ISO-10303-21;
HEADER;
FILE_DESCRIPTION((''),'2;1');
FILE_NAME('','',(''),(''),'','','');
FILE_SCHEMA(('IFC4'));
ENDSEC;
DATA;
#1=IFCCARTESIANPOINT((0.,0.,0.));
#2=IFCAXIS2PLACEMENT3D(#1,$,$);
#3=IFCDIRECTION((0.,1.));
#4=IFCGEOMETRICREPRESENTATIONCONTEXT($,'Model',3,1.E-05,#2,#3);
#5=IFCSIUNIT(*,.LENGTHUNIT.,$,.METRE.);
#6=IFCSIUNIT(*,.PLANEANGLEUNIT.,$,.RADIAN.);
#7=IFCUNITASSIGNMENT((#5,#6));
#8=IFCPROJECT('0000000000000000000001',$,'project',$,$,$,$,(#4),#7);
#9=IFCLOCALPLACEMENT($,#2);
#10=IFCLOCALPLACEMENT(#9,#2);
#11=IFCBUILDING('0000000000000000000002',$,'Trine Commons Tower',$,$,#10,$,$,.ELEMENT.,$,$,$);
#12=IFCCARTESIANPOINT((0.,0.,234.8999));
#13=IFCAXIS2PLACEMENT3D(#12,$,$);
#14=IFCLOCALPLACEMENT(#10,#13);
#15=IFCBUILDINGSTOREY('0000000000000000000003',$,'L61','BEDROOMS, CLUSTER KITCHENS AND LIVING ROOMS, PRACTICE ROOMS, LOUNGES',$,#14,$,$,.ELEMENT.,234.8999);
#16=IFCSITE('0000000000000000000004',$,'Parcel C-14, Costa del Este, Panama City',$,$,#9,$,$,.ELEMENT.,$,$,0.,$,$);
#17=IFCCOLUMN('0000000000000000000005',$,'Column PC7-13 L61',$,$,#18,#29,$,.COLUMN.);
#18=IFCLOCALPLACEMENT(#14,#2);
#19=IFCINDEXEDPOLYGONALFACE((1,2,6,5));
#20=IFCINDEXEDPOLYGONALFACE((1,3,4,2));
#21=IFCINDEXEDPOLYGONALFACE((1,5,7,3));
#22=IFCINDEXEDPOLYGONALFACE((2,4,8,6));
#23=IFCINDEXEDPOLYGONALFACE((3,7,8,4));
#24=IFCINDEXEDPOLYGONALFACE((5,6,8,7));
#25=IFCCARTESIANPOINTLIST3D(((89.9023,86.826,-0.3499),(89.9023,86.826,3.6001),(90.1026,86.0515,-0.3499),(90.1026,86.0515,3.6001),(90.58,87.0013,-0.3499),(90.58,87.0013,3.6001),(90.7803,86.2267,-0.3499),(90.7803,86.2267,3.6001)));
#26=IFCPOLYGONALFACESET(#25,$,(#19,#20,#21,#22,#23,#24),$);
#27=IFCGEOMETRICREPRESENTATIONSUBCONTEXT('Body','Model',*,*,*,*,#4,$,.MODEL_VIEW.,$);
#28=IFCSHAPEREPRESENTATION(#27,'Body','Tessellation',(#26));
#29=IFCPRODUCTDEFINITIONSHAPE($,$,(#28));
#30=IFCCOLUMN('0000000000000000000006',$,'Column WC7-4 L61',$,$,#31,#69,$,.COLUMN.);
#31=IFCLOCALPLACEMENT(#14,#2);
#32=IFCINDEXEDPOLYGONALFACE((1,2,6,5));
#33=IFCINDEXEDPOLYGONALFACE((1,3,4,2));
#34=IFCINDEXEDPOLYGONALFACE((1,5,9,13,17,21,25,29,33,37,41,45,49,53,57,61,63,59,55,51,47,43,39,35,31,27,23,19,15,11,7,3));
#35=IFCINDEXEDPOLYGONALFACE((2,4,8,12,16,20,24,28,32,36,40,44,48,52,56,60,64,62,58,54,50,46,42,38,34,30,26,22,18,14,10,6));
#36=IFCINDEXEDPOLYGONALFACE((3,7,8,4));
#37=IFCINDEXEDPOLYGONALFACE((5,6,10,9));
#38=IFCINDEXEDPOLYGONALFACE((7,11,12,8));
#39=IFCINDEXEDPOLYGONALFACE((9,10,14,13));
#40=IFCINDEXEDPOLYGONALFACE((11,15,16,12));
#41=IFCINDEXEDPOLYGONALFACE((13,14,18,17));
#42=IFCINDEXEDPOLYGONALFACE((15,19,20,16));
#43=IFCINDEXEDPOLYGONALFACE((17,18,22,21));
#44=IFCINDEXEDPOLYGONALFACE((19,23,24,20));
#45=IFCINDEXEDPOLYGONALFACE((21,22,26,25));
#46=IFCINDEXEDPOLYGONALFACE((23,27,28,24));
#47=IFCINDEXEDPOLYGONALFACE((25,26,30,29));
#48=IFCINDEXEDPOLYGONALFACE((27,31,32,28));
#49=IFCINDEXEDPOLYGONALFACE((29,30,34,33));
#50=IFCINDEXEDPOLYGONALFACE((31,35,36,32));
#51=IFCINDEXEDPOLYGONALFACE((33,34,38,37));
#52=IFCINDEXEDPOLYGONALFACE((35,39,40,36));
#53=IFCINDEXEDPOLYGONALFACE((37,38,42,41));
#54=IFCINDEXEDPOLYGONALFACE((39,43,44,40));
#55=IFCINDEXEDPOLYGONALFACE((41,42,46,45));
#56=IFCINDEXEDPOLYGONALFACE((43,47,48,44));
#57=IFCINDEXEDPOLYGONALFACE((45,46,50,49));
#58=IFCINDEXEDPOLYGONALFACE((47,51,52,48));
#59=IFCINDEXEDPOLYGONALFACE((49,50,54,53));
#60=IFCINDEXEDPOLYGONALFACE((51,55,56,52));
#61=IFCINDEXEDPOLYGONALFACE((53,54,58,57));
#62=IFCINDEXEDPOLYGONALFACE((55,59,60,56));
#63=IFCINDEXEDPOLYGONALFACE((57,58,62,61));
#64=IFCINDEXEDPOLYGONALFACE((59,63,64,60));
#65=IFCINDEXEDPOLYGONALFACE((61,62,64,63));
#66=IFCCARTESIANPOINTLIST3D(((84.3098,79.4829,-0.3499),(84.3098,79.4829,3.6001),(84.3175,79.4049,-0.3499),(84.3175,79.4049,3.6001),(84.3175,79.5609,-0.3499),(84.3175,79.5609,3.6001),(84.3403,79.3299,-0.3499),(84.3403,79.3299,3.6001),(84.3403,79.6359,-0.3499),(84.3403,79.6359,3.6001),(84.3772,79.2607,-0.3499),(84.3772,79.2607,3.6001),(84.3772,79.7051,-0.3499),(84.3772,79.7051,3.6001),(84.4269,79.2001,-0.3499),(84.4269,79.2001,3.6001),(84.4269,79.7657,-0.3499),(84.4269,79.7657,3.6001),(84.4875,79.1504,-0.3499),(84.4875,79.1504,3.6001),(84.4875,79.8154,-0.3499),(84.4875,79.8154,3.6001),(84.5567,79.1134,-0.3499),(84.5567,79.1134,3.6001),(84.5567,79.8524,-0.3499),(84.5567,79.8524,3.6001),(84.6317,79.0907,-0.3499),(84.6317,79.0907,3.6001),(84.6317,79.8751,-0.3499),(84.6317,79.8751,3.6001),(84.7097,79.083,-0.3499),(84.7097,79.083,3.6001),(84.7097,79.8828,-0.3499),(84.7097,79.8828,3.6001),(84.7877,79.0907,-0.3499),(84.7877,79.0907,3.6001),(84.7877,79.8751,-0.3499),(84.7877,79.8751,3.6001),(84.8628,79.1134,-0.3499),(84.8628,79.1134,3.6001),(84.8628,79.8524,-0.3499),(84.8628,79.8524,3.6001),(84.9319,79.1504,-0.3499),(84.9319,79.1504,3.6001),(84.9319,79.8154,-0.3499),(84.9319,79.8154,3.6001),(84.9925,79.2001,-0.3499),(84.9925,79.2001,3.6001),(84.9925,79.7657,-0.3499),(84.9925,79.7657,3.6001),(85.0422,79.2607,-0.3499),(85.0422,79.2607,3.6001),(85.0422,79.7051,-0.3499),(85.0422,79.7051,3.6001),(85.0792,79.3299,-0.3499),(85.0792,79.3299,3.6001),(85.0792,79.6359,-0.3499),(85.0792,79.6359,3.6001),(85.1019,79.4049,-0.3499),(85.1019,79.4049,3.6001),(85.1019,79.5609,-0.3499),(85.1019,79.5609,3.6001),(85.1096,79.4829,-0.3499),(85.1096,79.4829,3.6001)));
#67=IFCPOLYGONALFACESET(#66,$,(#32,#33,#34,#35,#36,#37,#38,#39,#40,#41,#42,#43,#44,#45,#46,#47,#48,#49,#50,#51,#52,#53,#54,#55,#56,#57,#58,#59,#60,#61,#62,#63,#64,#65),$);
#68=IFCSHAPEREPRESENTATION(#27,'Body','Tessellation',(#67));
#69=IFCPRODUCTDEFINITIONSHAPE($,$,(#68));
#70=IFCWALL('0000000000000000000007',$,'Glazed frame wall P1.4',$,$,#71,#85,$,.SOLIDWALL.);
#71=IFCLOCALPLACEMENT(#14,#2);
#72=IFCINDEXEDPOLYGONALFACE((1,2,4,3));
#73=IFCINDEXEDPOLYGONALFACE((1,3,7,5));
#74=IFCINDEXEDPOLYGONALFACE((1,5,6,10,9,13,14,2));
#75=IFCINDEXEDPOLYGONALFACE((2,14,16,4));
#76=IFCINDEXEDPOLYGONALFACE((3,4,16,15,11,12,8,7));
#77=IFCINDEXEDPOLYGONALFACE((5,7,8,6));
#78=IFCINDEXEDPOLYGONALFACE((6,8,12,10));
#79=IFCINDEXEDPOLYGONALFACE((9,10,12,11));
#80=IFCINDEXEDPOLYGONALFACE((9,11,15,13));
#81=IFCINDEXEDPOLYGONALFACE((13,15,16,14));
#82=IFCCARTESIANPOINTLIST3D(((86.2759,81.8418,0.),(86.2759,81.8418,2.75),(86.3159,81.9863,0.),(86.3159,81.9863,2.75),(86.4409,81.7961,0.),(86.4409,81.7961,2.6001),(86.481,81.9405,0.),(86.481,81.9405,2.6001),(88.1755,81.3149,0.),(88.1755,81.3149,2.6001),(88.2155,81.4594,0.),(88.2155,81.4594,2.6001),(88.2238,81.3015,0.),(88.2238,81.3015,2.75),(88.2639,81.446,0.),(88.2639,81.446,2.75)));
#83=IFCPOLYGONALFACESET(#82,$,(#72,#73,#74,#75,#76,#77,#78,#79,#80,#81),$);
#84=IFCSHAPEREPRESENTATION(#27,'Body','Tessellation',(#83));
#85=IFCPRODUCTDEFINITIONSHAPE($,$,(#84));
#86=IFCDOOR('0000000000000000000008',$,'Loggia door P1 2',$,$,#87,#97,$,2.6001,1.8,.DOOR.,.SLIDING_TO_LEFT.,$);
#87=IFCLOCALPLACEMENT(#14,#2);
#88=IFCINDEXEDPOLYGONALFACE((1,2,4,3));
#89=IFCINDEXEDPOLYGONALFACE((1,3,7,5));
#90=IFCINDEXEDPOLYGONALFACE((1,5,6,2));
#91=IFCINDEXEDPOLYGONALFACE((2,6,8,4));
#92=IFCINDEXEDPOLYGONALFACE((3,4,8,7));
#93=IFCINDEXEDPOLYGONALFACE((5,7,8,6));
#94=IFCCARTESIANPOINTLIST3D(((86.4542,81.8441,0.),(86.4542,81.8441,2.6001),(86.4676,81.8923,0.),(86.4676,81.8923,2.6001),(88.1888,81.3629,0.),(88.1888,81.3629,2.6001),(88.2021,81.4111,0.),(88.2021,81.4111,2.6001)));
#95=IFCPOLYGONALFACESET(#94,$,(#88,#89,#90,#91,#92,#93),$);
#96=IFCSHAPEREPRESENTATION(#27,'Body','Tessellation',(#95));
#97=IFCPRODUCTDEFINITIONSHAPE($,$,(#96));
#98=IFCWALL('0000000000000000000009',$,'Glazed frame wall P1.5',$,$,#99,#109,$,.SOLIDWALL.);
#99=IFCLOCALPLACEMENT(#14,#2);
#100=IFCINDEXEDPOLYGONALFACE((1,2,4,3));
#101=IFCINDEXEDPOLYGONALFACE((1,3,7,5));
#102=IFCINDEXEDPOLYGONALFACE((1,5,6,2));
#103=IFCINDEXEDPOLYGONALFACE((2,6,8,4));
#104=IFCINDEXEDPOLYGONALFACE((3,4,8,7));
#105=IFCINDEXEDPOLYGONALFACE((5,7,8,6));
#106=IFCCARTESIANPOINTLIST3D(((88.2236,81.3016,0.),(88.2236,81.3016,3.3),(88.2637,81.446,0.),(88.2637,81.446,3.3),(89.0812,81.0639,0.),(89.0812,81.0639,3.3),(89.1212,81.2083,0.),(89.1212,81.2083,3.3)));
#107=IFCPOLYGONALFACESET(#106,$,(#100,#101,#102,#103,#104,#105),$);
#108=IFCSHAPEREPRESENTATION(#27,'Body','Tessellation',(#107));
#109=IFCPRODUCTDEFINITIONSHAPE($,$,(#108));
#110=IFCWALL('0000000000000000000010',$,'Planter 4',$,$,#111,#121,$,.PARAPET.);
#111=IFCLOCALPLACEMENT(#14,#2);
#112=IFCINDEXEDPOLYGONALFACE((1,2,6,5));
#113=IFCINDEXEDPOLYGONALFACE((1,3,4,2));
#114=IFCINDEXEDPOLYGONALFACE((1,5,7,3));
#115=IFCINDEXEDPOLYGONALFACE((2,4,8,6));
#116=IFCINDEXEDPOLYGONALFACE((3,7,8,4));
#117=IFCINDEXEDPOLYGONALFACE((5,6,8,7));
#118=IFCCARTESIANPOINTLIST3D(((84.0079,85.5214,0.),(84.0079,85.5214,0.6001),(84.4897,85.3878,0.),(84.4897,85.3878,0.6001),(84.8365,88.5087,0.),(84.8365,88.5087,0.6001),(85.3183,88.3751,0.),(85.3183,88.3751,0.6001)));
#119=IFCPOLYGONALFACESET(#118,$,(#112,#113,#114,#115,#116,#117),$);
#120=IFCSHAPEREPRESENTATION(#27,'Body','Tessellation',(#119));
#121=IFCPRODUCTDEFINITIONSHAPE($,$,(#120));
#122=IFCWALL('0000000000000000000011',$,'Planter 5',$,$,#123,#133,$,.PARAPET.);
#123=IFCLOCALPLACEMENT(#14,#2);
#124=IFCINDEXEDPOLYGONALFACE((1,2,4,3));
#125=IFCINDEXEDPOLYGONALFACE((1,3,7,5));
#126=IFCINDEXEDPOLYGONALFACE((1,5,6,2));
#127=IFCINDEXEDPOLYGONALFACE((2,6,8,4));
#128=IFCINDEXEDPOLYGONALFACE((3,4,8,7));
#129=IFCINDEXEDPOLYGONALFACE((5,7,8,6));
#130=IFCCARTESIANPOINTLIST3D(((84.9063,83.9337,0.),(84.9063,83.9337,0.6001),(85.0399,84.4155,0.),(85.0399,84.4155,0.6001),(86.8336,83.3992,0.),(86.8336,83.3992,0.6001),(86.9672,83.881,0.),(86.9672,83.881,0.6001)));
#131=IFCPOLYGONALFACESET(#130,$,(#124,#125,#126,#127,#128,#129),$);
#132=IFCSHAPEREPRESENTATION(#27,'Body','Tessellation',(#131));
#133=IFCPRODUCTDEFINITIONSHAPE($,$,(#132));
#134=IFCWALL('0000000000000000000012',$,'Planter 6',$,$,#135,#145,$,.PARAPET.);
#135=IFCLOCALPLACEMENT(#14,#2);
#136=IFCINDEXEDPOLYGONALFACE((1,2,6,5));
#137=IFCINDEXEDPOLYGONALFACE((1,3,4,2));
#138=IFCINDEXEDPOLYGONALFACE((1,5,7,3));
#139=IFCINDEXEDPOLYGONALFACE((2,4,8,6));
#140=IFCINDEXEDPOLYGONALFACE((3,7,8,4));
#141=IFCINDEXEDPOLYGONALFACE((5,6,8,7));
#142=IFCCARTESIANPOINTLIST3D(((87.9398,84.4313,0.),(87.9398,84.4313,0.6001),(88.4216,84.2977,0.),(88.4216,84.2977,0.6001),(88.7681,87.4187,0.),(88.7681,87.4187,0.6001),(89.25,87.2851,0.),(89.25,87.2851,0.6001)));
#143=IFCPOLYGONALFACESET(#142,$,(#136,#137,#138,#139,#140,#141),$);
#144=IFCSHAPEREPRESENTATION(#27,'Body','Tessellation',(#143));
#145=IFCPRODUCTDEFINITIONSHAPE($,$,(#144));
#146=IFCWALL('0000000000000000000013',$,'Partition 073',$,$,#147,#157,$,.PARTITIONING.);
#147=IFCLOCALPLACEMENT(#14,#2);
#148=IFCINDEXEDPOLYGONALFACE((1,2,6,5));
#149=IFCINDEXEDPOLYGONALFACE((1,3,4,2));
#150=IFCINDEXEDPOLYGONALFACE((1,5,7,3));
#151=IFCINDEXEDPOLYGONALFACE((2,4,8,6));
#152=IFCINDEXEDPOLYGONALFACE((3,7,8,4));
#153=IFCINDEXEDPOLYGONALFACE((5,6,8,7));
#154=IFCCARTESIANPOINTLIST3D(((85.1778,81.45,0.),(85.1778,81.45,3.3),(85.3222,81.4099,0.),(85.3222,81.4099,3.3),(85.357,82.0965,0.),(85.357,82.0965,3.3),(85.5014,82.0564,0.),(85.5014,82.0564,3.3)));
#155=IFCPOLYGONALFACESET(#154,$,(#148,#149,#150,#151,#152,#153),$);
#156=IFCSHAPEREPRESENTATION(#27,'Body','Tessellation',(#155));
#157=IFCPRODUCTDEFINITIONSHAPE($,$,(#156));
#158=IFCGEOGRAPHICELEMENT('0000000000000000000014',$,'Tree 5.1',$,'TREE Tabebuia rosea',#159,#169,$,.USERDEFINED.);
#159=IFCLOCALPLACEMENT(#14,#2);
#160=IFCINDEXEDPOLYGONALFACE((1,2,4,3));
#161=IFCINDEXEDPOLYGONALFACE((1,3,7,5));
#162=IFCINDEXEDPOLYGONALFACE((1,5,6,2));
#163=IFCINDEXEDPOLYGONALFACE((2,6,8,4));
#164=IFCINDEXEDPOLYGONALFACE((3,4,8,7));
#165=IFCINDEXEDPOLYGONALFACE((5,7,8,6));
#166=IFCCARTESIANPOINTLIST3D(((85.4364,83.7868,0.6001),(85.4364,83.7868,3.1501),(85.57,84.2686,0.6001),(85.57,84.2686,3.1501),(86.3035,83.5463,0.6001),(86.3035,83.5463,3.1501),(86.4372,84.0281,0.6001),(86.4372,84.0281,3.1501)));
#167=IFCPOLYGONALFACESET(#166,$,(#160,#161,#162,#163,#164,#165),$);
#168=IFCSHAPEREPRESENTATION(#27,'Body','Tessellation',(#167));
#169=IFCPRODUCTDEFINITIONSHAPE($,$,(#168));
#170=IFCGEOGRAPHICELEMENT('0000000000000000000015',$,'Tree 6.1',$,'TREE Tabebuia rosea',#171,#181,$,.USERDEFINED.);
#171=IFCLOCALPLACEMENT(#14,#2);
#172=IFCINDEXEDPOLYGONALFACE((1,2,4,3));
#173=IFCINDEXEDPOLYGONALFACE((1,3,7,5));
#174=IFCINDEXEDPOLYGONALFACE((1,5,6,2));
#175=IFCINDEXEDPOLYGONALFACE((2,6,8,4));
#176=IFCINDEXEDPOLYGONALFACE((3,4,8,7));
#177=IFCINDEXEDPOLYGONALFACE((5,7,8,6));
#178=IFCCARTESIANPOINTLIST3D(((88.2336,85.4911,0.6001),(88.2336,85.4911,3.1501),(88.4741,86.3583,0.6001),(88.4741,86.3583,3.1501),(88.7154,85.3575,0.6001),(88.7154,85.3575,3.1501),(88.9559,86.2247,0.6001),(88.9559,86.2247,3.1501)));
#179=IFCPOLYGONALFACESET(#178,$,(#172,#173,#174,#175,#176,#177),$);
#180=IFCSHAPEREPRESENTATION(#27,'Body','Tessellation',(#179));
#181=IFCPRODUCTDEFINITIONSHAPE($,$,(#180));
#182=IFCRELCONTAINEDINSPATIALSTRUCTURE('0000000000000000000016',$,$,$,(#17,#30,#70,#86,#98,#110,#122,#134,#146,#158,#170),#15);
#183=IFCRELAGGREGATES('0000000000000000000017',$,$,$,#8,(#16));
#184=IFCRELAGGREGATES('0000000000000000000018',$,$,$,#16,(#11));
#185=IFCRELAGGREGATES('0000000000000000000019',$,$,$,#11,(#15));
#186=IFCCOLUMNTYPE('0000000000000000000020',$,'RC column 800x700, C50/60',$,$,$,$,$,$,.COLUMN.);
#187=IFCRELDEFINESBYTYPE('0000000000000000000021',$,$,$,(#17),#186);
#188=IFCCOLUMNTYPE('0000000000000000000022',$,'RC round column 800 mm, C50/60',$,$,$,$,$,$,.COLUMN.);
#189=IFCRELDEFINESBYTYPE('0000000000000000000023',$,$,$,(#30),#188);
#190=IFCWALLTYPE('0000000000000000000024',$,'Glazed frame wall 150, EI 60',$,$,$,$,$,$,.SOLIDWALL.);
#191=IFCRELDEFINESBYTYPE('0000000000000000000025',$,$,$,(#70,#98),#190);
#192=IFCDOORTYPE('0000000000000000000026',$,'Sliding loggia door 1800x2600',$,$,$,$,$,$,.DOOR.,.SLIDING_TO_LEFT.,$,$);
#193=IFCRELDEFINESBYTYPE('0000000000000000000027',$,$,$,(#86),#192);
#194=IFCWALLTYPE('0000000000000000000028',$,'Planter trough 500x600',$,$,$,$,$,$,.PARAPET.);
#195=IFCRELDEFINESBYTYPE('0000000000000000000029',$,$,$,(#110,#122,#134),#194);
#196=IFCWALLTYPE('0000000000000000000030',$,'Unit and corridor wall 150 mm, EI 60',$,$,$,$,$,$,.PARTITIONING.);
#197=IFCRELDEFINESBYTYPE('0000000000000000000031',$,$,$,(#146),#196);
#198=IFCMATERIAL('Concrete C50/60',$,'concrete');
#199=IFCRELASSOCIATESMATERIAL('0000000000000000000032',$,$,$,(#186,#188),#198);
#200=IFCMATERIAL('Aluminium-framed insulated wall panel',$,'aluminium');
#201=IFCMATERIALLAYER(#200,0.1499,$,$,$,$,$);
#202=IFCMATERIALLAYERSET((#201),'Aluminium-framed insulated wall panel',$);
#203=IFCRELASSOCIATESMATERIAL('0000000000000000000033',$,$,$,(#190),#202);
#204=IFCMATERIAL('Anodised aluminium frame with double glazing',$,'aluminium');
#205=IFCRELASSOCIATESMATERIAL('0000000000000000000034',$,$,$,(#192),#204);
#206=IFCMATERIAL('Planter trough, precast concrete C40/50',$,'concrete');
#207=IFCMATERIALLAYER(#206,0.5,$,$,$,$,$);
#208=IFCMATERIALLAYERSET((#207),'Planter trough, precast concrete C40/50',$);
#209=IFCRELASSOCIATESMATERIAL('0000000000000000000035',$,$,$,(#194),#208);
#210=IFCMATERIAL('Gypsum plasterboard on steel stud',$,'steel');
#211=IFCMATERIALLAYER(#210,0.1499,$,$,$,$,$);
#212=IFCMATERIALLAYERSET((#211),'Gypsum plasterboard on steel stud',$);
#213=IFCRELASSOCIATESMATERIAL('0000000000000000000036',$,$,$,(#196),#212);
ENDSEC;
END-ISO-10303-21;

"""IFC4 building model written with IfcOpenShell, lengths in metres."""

from ifc_helpers import new_model, si_unit, direction, frame, frame_2d, origin, origin_2d, place, context, subcontext, project, spatial, polyline, rectangle, circle, outline, extrude, material, layer, layer_set, material_profile, profile_set, type_object, element, fill, save


model = new_model("IFC4")

# Units and contexts
model_context = context("Model", 3, precision=1e-05, world=origin(), true_north=direction((0.0, 1.0)))
body_context = subcontext(model_context, "Body", "Model", "MODEL_VIEW")
ifc_project = project(units=[si_unit("LENGTHUNIT", "METRE"), si_unit("PLANEANGLEUNIT", "RADIAN")], contexts=[model_context])

# Site, building, storey
site_placement = place(None, origin())
site = spatial("IfcSite", under=ifc_project, at=site_placement, Name="Parcel C-14, Costa del Este, Panama City", CompositionType="ELEMENT", RefElevation=0.0)
building_placement = place(site_placement, origin())
building = spatial("IfcBuilding", under=site, at=building_placement, Name="Trine Commons Tower", CompositionType="ELEMENT")
storey_placement = place(building_placement, frame((0.0, 0.0, 234.8999)))
storey = spatial("IfcBuildingStorey", under=building, at=storey_placement, Name="L61", Description="BEDROOMS, CLUSTER KITCHENS AND LIVING ROOMS, PRACTICE ROOMS, LOUNGES", CompositionType="ELEMENT", Elevation=234.8999)

# Columns
ifc_material_1 = material(Name="Concrete C50/60", Category="concrete")
ifc_material_profile_1 = material_profile(ifc_material_1, rectangle(XDim=0.8, YDim=0.7, at=origin_2d()), Name="RC 800x700")
ifc_profile_set_1 = profile_set([ifc_material_profile_1], Name="Concrete C50/60")
column_type_1 = type_object("IfcColumnType", Name="RC column 800x700, C50/60", PredefinedType="COLUMN", material=ifc_profile_set_1)
column_1_placement = place(storey_placement, frame((90.3413, 86.5264, -0.3499), z_axis=(0.0, 0.0, 1.0), x_axis=(-0.25038, 0.968148, 0.0)))
element("IfcColumn", 1, at=column_1_placement, inside=storey, type_object=column_type_1, Name="Column PC7-13 L61", PredefinedType="COLUMN", context=body_context, shape_type="SweptSolid", body=[
    extrude(rectangle(XDim=0.8, YDim=0.7, at=origin_2d()), origin(), (0.0, 0.0, 1.0), 3.95),
])
ifc_material_profile_2 = material_profile(ifc_material_1, circle(Radius=0.3999, at=origin_2d()), Name="RC round 800")
ifc_profile_set_2 = profile_set([ifc_material_profile_2], Name="Concrete C50/60")
column_type_2 = type_object("IfcColumnType", Name="RC round column 800 mm, C50/60", PredefinedType="COLUMN", material=ifc_profile_set_2)
column_2_placement = place(storey_placement, frame((84.7097, 79.4829, -0.3499), z_axis=(0.0, 0.0, 1.0), x_axis=(1.0, 0.0, 0.0)))
element("IfcColumn", 2, at=column_2_placement, inside=storey, type_object=column_type_2, Name="Column WC7-4 L61", PredefinedType="COLUMN", context=body_context, shape_type="SweptSolid", body=[
    extrude(circle(Radius=0.3999, at=origin_2d()), origin(), (0.0, 0.0, 1.0), 3.95),
])

# Wall, opening, door
ifc_material_2 = material(Name="Aluminium-framed insulated wall panel", Category="aluminium")
ifc_layer_1 = layer(ifc_material_2, 0.1499)
ifc_layer_set_1 = layer_set([ifc_layer_1], Name="Aluminium-framed insulated wall panel")
wall_type_1 = type_object("IfcWallType", Name="Glazed frame wall 150, EI 60", PredefinedType="SOLIDWALL", material=ifc_layer_set_1)
wall_1_placement = place(storey_placement, frame((86.2959, 81.9141, 0.0), z_axis=(0.0, 0.0, 1.0), x_axis=(0.963615, -0.267295, 0.0)))
wall_1 = element("IfcWall", 3, at=wall_1_placement, inside=storey, type_object=wall_type_1, Name="Glazed frame wall P1.4", PredefinedType="SOLIDWALL", context=body_context, shape_type="SweptSolid", body=[
    extrude(outline(polyline([(0.0, -0.075), (2.0215, -0.075), (2.0215, 0.075), (0.0, 0.075), (0.0, -0.075)])), origin(), (0.0, 0.0, 1.0), 2.75),
])
opening_1_placement = place(wall_1_placement, frame((0.1714, 0.0, 0.0)))
opening_1 = element("IfcOpeningElement", 4, at=opening_1_placement, cuts=wall_1, PredefinedType="OPENING", context=body_context, shape_type="SweptSolid", body=[
    extrude(rectangle(XDim=1.8, YDim=2.6001, at=frame_2d((0.8999, 1.3))), frame((0.0, 0.085, 0.0), z_axis=(0.0, -1.0, 0.0), x_axis=(1.0, 0.0, 0.0)), (0.0, 0.0, 1.0), 0.1699),
])
ifc_material_3 = material(Name="Anodised aluminium frame with double glazing", Category="aluminium")
door_type = type_object("IfcDoorType", Name="Sliding loggia door 1800x2600", OperationType="SLIDING_TO_LEFT", PredefinedType="DOOR", material=ifc_material_3)
door_1_placement = place(opening_1_placement, origin())
door_1 = element("IfcDoor", 5, at=door_1_placement, inside=storey, type_object=door_type, Name="Loggia door P1 2", OperationType="SLIDING_TO_LEFT", OverallHeight=2.6001, OverallWidth=1.8, PredefinedType="DOOR", context=body_context, shape_type="SweptSolid", body=[
    extrude(rectangle(XDim=1.8, YDim=2.6001, at=frame_2d((0.8999, 1.3))), frame((0.0, 0.0249, 0.0), z_axis=(0.0, -1.0, 0.0), x_axis=(1.0, 0.0, 0.0)), (0.0, 0.0, 1.0), 0.05),
])
fill(opening_1, door_1)

# Wall
wall_2_placement = place(storey_placement, frame((88.2437, 81.3738, 0.0), z_axis=(0.0, 0.0, 1.0), x_axis=(0.963668, -0.267102, 0.0)))
element("IfcWall", 6, at=wall_2_placement, inside=storey, type_object=wall_type_1, Name="Glazed frame wall P1.5", PredefinedType="SOLIDWALL", context=body_context, shape_type="SweptSolid", body=[
    extrude(outline(polyline([(0.8899, 0.075), (0.0, 0.075), (0.0, -0.075), (0.8899, -0.075), (0.8899, 0.075)])), origin(), (0.0, 0.0, 1.0), 3.3),
])

# Walls
ifc_material_4 = material(Name="Planter trough, precast concrete C40/50", Category="concrete")
ifc_layer_2 = layer(ifc_material_4, 0.5)
ifc_layer_set_2 = layer_set([ifc_layer_2], Name="Planter trough, precast concrete C40/50")
wall_type_2 = type_object("IfcWallType", Name="Planter trough 500x600", PredefinedType="PARAPET", material=ifc_layer_set_2)
wall_3_placement = place(storey_placement, frame((85.0774, 88.4419, 0.0), z_axis=(0.0, 0.0, 1.0), x_axis=(-0.267286, -0.963617, 0.0)))
element("IfcWall", 7, at=wall_3_placement, inside=storey, type_object=wall_type_2, Name="Planter 4", PredefinedType="PARAPET", context=body_context, shape_type="SweptSolid", body=[
    extrude(rectangle(XDim=3.1001, YDim=0.5, at=frame_2d((1.55, 0.0))), origin(), (0.0, 0.0, 1.0), 0.6001),
])
wall_4_placement = place(storey_placement, frame((84.9731, 84.1746, 0.0), z_axis=(0.0, 0.0, 1.0), x_axis=(0.963637, -0.267216, 0.0)))
element("IfcWall", 8, at=wall_4_placement, inside=storey, type_object=wall_type_2, Name="Planter 5", PredefinedType="PARAPET", context=body_context, shape_type="SweptSolid", body=[
    extrude(rectangle(XDim=2.0, YDim=0.5, at=frame_2d((1.0, 0.0))), origin(), (0.0, 0.0, 1.0), 0.6001),
])
wall_5_placement = place(storey_placement, frame((88.1807, 84.3645, 0.0), z_axis=(0.0, 0.0, 1.0), x_axis=(0.267213, 0.963637, 0.0)))
element("IfcWall", 9, at=wall_5_placement, inside=storey, type_object=wall_type_2, Name="Planter 6", PredefinedType="PARAPET", context=body_context, shape_type="SweptSolid", body=[
    extrude(rectangle(XDim=3.1001, YDim=0.5, at=frame_2d((1.55, 0.0))), origin(), (0.0, 0.0, 1.0), 0.6001),
])
ifc_material_5 = material(Name="Gypsum plasterboard on steel stud", Category="steel")
ifc_layer_3 = layer(ifc_material_5, 0.1499)
ifc_layer_set_3 = layer_set([ifc_layer_3], Name="Gypsum plasterboard on steel stud")
wall_type_3 = type_object("IfcWallType", Name="Unit and corridor wall 150 mm, EI 60", PredefinedType="PARTITIONING", material=ifc_layer_set_3)
wall_6_placement = place(storey_placement, frame((85.25, 81.4299, 0.0), z_axis=(0.0, 0.0, 1.0), x_axis=(0.267118, 0.963664, 0.0)))
element("IfcWall", 10, at=wall_6_placement, inside=storey, type_object=wall_type_3, Name="Partition 073", PredefinedType="PARTITIONING", context=body_context, shape_type="SweptSolid", body=[
    extrude(rectangle(XDim=0.6709, YDim=0.1499, at=frame_2d((0.3354, 0.0))), origin(), (0.0, 0.0, 1.0), 3.3),
])

# Geographic elements
for number, where, z_axis, x_axis, name in (
    (11, (85.9368, 83.9075, 0.6001), (0.0, 0.0, 1.0), (0.963634, -0.267227, 0.0), "Tree 5.1"),
    (12, (88.5947, 85.8579, 0.6001), (0.0, 0.0, 1.0), (0.26724, 0.96363, 0.0), "Tree 6.1"),
):
    element("IfcGeographicElement", number, at=place(storey_placement, frame(where, z_axis=z_axis, x_axis=x_axis)), inside=storey, Name=name, ObjectType="TREE Tabebuia rosea", PredefinedType="USERDEFINED", context=body_context, shape_type="SweptSolid", body=[
        extrude(rectangle(XDim=0.8999, YDim=0.5, at=origin_2d()), origin(), (0.0, 0.0, 1.0), 2.55),
    ])

save(model, "model.ifc")
